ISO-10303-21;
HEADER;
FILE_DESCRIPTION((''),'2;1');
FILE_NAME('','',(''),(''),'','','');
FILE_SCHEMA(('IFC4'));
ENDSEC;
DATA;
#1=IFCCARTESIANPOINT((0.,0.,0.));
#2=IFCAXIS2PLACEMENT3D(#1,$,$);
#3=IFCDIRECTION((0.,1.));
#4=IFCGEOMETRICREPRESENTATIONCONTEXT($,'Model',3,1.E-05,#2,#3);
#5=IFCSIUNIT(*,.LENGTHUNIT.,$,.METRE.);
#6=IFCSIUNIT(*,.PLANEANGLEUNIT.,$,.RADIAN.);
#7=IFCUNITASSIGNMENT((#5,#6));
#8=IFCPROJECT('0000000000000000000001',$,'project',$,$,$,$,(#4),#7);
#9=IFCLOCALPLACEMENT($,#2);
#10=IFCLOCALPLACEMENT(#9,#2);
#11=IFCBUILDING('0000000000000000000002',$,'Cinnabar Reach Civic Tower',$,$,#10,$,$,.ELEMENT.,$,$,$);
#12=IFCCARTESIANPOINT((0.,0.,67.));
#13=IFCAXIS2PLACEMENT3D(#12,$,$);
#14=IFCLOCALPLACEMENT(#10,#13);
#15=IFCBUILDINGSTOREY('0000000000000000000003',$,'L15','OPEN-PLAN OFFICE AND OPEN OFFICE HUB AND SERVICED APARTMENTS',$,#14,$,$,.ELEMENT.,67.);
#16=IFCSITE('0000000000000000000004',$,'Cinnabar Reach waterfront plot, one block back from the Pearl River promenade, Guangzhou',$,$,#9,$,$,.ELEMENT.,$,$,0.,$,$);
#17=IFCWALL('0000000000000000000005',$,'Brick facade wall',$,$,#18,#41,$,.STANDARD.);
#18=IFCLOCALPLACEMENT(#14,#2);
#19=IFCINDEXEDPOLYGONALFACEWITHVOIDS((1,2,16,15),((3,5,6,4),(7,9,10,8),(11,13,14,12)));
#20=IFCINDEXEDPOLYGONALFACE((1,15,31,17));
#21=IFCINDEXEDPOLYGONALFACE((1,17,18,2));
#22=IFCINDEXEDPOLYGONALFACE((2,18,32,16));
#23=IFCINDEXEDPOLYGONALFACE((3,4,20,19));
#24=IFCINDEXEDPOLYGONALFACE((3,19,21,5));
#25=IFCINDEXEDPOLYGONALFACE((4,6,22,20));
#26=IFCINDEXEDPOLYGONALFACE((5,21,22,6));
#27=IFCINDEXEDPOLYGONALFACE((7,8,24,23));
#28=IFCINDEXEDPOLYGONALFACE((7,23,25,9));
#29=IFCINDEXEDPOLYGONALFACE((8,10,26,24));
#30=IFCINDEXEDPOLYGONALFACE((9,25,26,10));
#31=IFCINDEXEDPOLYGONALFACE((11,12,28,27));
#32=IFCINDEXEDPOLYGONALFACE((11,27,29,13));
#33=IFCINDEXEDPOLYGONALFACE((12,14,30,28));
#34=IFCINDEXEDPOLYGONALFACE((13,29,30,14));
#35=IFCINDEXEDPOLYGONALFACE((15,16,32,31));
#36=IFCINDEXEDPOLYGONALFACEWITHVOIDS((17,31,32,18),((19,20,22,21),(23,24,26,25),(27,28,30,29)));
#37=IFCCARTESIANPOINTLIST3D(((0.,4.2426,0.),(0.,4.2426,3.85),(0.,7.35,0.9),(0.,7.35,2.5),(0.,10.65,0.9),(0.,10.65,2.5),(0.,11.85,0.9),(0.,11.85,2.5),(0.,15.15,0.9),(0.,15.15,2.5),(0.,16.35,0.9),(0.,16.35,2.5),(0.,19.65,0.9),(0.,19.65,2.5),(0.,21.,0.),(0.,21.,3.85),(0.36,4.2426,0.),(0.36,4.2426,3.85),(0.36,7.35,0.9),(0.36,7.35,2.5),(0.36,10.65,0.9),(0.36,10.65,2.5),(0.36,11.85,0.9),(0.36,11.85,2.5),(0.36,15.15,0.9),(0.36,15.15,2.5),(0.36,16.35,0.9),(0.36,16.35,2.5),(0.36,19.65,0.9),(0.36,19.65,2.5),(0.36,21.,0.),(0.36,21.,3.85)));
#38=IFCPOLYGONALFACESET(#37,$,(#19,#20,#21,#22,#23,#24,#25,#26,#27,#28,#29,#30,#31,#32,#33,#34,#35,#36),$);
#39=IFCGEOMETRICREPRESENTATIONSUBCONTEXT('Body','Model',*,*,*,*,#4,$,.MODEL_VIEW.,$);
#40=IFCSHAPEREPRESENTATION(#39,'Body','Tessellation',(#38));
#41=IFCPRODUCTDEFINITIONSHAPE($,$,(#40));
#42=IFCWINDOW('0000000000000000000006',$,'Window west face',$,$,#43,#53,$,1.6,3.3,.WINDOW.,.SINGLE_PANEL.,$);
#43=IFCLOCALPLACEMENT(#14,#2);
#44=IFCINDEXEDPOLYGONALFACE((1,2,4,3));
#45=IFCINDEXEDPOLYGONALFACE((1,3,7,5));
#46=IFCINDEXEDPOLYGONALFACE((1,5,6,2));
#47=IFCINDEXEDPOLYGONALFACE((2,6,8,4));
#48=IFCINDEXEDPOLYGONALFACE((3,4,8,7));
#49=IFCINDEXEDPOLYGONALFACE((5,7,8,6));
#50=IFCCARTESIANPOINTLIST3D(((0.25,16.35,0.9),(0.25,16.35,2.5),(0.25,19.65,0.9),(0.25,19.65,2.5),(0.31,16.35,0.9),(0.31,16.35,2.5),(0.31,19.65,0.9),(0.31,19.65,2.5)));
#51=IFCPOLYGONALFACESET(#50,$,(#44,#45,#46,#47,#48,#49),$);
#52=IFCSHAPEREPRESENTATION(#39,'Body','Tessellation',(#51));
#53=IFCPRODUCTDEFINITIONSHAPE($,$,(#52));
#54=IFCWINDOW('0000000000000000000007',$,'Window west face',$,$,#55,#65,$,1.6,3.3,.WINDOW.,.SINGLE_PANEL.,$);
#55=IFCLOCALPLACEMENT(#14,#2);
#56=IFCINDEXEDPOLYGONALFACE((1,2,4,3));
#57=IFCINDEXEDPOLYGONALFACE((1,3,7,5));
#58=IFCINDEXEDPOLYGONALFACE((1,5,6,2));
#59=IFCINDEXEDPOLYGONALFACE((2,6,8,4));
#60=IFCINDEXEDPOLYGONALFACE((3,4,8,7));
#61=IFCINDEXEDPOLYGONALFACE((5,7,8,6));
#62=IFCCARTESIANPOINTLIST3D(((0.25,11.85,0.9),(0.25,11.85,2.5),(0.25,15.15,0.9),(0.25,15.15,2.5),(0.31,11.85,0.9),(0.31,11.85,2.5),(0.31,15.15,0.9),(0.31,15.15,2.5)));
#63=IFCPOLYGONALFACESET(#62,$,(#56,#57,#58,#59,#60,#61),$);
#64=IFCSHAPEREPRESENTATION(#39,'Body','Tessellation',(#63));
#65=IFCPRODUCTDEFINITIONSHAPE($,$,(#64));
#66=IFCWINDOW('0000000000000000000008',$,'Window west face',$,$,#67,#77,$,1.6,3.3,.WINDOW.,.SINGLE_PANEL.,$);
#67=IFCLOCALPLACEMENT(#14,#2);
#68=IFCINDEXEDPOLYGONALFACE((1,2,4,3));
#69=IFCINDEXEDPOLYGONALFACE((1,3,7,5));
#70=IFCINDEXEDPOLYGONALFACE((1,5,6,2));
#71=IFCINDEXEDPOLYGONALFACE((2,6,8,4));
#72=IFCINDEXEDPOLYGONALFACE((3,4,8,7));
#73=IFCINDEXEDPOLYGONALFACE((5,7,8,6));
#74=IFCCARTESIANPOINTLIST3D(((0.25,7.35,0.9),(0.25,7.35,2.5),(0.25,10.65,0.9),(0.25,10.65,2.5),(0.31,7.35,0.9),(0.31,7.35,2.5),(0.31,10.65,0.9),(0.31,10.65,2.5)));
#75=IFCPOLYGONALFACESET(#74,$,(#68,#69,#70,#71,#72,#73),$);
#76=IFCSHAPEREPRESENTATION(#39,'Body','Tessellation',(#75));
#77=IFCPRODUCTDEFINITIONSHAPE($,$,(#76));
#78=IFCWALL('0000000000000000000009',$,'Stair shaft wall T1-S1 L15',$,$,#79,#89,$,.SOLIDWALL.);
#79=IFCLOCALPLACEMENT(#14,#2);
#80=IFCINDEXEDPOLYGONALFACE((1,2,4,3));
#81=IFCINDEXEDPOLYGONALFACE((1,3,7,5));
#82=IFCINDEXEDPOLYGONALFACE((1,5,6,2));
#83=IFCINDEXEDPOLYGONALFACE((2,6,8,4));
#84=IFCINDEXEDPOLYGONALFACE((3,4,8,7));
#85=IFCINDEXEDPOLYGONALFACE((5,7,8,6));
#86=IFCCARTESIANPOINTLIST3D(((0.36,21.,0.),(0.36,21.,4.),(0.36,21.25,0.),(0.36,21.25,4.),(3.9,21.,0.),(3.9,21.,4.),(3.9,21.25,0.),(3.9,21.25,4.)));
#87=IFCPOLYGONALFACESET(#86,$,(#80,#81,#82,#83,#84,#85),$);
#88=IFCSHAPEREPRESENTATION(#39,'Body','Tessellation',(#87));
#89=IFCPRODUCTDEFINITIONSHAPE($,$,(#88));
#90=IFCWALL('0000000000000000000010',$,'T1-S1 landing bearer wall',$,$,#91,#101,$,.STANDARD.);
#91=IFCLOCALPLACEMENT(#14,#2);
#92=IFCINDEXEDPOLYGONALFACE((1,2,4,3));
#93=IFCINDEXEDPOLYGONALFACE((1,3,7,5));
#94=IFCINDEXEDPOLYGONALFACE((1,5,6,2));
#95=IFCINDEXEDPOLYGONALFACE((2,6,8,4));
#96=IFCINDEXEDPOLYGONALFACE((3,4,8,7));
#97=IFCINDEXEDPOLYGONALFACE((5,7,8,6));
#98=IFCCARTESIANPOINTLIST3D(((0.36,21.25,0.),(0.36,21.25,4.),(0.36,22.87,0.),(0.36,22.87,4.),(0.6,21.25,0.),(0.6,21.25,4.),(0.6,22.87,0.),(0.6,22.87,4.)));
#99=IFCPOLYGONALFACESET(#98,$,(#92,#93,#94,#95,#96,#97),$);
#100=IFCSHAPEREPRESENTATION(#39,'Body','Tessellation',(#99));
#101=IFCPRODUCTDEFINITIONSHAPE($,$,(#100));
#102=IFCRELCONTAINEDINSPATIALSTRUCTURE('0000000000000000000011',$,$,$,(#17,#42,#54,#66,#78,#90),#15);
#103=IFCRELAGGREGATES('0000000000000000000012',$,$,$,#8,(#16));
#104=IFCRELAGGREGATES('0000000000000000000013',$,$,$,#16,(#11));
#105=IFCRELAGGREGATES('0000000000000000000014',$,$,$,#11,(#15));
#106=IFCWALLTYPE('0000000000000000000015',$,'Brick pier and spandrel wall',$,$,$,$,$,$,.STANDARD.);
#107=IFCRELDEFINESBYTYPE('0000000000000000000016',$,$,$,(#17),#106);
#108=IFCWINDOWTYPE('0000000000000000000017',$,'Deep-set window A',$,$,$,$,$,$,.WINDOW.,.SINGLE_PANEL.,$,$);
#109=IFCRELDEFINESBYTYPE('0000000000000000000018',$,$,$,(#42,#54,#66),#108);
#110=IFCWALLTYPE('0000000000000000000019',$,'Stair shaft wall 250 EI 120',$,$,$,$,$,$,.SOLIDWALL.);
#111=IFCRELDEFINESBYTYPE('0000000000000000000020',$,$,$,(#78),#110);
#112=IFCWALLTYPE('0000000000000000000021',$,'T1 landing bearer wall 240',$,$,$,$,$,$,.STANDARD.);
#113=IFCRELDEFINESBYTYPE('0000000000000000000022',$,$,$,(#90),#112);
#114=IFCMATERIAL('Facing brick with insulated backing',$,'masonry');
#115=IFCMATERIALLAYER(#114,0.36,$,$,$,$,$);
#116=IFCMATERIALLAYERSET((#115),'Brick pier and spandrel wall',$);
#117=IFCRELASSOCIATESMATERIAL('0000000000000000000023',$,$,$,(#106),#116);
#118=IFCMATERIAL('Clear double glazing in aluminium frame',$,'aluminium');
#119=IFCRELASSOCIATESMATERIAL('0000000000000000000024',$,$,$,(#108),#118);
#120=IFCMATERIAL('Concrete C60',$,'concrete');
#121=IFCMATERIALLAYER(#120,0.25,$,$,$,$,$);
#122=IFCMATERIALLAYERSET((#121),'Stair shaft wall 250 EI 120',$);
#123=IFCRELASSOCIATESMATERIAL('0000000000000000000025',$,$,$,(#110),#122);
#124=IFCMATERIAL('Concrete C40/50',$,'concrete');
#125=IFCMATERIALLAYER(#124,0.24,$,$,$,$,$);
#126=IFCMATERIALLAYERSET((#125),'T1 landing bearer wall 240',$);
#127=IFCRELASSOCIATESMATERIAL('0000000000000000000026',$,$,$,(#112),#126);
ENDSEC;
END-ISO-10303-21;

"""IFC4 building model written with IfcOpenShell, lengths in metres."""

from ifc_helpers import new_model, si_unit, direction, frame, frame_2d, origin, place, context, subcontext, project, spatial, rectangle, extrude, material, layer, layer_set, type_object, element, fill, save


model = new_model("IFC4")

# Units and contexts
model_context = context("Model", 3, precision=1e-05, world=origin(), true_north=direction((0.0, 1.0)))
body_context = subcontext(model_context, "Body", "Model", "MODEL_VIEW")
ifc_project = project(units=[si_unit("LENGTHUNIT", "METRE"), si_unit("PLANEANGLEUNIT", "RADIAN")], contexts=[model_context])

# Site, building, storey
site_placement = place(None, origin())
site = spatial("IfcSite", under=ifc_project, at=site_placement, Name="Cinnabar Reach waterfront plot, one block back from the Pearl River promenade, Guangzhou", CompositionType="ELEMENT", RefElevation=0.0)
building_placement = place(site_placement, origin())
building = spatial("IfcBuilding", under=site, at=building_placement, Name="Cinnabar Reach Civic Tower", CompositionType="ELEMENT")
storey_placement = place(building_placement, frame((0.0, 0.0, 67.0)))
storey = spatial("IfcBuildingStorey", under=building, at=storey_placement, Name="L15", Description="OPEN-PLAN OFFICE AND OPEN OFFICE HUB AND SERVICED APARTMENTS", CompositionType="ELEMENT", Elevation=67.0)

# Shared definitions
ifc_material_1 = material(Name="Concrete C40/50", Category="concrete")

# Shared definitions
ifc_material_2 = material(Name="Facing brick with insulated backing", Category="masonry")

# Wall, openings, windows
ifc_layer_1 = layer(ifc_material_2, 0.36)
ifc_layer_set_1 = layer_set([ifc_layer_1], Name="Brick pier and spandrel wall")
wall_type_1 = type_object("IfcWallType", Name="Brick pier and spandrel wall", PredefinedType="STANDARD", material=ifc_layer_set_1)
wall_1_placement = place(storey_placement, frame((0.18, 21.0, 0.0), z_axis=(0.0, 0.0, 1.0), x_axis=(0.0, -1.0, 0.0)))
wall_1 = element("IfcWall", 1, at=wall_1_placement, inside=storey, type_object=wall_type_1, Name="Brick facade wall", PredefinedType="STANDARD", context=body_context, shape_type="SweptSolid", body=[
    extrude(rectangle(XDim=16.7574, YDim=0.36, at=frame_2d((8.3787, 0.0))), origin(), (0.0, 0.0, 1.0), 3.85),
])
opening_1_placement = place(wall_1_placement, frame((1.35, 0.0, 0.9)))
opening_1 = element("IfcOpeningElement", 2, at=opening_1_placement, cuts=wall_1, PredefinedType="OPENING", context=body_context, shape_type="SweptSolid", body=[
    extrude(rectangle(XDim=3.3, YDim=1.6, at=frame_2d((1.65, 0.8))), frame((0.0, 0.19, 0.0), z_axis=(0.0, -1.0, 0.0), x_axis=(1.0, 0.0, 0.0)), (0.0, 0.0, 1.0), 0.38),
])
opening_2_placement = place(wall_1_placement, frame((5.85, 0.0, 0.9)))
opening_2 = element("IfcOpeningElement", 3, at=opening_2_placement, cuts=wall_1, PredefinedType="OPENING", context=body_context, shape_type="SweptSolid", body=[
    extrude(rectangle(XDim=3.3, YDim=1.6, at=frame_2d((1.65, 0.8))), frame((0.0, 0.19, 0.0), z_axis=(0.0, -1.0, 0.0), x_axis=(1.0, 0.0, 0.0)), (0.0, 0.0, 1.0), 0.38),
])
opening_3_placement = place(wall_1_placement, frame((10.35, 0.0, 0.9)))
opening_3 = element("IfcOpeningElement", 4, at=opening_3_placement, cuts=wall_1, PredefinedType="OPENING", context=body_context, shape_type="SweptSolid", body=[
    extrude(rectangle(XDim=3.3, YDim=1.6, at=frame_2d((1.65, 0.8))), frame((0.0, 0.19, 0.0), z_axis=(0.0, -1.0, 0.0), x_axis=(1.0, 0.0, 0.0)), (0.0, 0.0, 1.0), 0.38),
])
ifc_material_3 = material(Name="Clear double glazing in aluminium frame", Category="aluminium")
window_type = type_object("IfcWindowType", Name="Deep-set window A", PartitioningType="SINGLE_PANEL", PredefinedType="WINDOW", material=ifc_material_3)
window_1_placement = place(opening_1_placement, origin())
window_1 = element("IfcWindow", 5, at=window_1_placement, inside=storey, type_object=window_type, Name="Window west face", OverallHeight=1.6, OverallWidth=3.3, PartitioningType="SINGLE_PANEL", PredefinedType="WINDOW", context=body_context, shape_type="SweptSolid", body=[
    extrude(rectangle(XDim=3.3, YDim=1.6, at=frame_2d((1.65, 0.8))), frame((0.0, 0.13, 0.0), z_axis=(0.0, -1.0, 0.0), x_axis=(1.0, 0.0, 0.0)), (0.0, 0.0, 1.0), 0.06),
])
fill(opening_1, window_1)
window_2_placement = place(opening_2_placement, origin())
window_2 = element("IfcWindow", 6, at=window_2_placement, inside=storey, type_object=window_type, Name="Window west face", OverallHeight=1.6, OverallWidth=3.3, PartitioningType="SINGLE_PANEL", PredefinedType="WINDOW", context=body_context, shape_type="SweptSolid", body=[
    extrude(rectangle(XDim=3.3, YDim=1.6, at=frame_2d((1.65, 0.8))), frame((0.0, 0.13, 0.0), z_axis=(0.0, -1.0, 0.0), x_axis=(1.0, 0.0, 0.0)), (0.0, 0.0, 1.0), 0.06),
])
fill(opening_2, window_2)
window_3_placement = place(opening_3_placement, origin())
window_3 = element("IfcWindow", 7, at=window_3_placement, inside=storey, type_object=window_type, Name="Window west face", OverallHeight=1.6, OverallWidth=3.3, PartitioningType="SINGLE_PANEL", PredefinedType="WINDOW", context=body_context, shape_type="SweptSolid", body=[
    extrude(rectangle(XDim=3.3, YDim=1.6, at=frame_2d((1.65, 0.8))), frame((0.0, 0.13, 0.0), z_axis=(0.0, -1.0, 0.0), x_axis=(1.0, 0.0, 0.0)), (0.0, 0.0, 1.0), 0.06),
])
fill(opening_3, window_3)

# Walls
ifc_material_4 = material(Name="Concrete C60", Category="concrete")
ifc_layer_2 = layer(ifc_material_4, 0.25)
ifc_layer_set_2 = layer_set([ifc_layer_2], Name="Stair shaft wall 250 EI 120")
wall_type_2 = type_object("IfcWallType", Name="Stair shaft wall 250 EI 120", PredefinedType="SOLIDWALL", material=ifc_layer_set_2)
wall_2_placement = place(storey_placement, frame((0.36, 21.125, 0.0), z_axis=(0.0, 0.0, 1.0), x_axis=(1.0, 0.0, 0.0)))
element("IfcWall", 8, at=wall_2_placement, inside=storey, type_object=wall_type_2, Name="Stair shaft wall T1-S1 L15", PredefinedType="SOLIDWALL", context=body_context, shape_type="SweptSolid", body=[
    extrude(rectangle(XDim=3.54, YDim=0.25, at=frame_2d((1.77, 0.0))), origin(), (0.0, 0.0, 1.0), 4.0),
])
ifc_layer_3 = layer(ifc_material_1, 0.24)
ifc_layer_set_3 = layer_set([ifc_layer_3], Name="T1 landing bearer wall 240")
wall_type_3 = type_object("IfcWallType", Name="T1 landing bearer wall 240", PredefinedType="STANDARD", material=ifc_layer_set_3)
wall_3_placement = place(storey_placement, frame((0.48, 21.25, 0.0), z_axis=(0.0, 0.0, 1.0), x_axis=(0.0, 1.0, 0.0)))
element("IfcWall", 9, at=wall_3_placement, inside=storey, type_object=wall_type_3, Name="T1-S1 landing bearer wall", PredefinedType="STANDARD", context=body_context, shape_type="SweptSolid", body=[
    extrude(rectangle(XDim=1.62, YDim=0.24, at=frame_2d((0.81, 0.0))), origin(), (0.0, 0.0, 1.0), 4.0),
])

save(model, "model.ifc")
